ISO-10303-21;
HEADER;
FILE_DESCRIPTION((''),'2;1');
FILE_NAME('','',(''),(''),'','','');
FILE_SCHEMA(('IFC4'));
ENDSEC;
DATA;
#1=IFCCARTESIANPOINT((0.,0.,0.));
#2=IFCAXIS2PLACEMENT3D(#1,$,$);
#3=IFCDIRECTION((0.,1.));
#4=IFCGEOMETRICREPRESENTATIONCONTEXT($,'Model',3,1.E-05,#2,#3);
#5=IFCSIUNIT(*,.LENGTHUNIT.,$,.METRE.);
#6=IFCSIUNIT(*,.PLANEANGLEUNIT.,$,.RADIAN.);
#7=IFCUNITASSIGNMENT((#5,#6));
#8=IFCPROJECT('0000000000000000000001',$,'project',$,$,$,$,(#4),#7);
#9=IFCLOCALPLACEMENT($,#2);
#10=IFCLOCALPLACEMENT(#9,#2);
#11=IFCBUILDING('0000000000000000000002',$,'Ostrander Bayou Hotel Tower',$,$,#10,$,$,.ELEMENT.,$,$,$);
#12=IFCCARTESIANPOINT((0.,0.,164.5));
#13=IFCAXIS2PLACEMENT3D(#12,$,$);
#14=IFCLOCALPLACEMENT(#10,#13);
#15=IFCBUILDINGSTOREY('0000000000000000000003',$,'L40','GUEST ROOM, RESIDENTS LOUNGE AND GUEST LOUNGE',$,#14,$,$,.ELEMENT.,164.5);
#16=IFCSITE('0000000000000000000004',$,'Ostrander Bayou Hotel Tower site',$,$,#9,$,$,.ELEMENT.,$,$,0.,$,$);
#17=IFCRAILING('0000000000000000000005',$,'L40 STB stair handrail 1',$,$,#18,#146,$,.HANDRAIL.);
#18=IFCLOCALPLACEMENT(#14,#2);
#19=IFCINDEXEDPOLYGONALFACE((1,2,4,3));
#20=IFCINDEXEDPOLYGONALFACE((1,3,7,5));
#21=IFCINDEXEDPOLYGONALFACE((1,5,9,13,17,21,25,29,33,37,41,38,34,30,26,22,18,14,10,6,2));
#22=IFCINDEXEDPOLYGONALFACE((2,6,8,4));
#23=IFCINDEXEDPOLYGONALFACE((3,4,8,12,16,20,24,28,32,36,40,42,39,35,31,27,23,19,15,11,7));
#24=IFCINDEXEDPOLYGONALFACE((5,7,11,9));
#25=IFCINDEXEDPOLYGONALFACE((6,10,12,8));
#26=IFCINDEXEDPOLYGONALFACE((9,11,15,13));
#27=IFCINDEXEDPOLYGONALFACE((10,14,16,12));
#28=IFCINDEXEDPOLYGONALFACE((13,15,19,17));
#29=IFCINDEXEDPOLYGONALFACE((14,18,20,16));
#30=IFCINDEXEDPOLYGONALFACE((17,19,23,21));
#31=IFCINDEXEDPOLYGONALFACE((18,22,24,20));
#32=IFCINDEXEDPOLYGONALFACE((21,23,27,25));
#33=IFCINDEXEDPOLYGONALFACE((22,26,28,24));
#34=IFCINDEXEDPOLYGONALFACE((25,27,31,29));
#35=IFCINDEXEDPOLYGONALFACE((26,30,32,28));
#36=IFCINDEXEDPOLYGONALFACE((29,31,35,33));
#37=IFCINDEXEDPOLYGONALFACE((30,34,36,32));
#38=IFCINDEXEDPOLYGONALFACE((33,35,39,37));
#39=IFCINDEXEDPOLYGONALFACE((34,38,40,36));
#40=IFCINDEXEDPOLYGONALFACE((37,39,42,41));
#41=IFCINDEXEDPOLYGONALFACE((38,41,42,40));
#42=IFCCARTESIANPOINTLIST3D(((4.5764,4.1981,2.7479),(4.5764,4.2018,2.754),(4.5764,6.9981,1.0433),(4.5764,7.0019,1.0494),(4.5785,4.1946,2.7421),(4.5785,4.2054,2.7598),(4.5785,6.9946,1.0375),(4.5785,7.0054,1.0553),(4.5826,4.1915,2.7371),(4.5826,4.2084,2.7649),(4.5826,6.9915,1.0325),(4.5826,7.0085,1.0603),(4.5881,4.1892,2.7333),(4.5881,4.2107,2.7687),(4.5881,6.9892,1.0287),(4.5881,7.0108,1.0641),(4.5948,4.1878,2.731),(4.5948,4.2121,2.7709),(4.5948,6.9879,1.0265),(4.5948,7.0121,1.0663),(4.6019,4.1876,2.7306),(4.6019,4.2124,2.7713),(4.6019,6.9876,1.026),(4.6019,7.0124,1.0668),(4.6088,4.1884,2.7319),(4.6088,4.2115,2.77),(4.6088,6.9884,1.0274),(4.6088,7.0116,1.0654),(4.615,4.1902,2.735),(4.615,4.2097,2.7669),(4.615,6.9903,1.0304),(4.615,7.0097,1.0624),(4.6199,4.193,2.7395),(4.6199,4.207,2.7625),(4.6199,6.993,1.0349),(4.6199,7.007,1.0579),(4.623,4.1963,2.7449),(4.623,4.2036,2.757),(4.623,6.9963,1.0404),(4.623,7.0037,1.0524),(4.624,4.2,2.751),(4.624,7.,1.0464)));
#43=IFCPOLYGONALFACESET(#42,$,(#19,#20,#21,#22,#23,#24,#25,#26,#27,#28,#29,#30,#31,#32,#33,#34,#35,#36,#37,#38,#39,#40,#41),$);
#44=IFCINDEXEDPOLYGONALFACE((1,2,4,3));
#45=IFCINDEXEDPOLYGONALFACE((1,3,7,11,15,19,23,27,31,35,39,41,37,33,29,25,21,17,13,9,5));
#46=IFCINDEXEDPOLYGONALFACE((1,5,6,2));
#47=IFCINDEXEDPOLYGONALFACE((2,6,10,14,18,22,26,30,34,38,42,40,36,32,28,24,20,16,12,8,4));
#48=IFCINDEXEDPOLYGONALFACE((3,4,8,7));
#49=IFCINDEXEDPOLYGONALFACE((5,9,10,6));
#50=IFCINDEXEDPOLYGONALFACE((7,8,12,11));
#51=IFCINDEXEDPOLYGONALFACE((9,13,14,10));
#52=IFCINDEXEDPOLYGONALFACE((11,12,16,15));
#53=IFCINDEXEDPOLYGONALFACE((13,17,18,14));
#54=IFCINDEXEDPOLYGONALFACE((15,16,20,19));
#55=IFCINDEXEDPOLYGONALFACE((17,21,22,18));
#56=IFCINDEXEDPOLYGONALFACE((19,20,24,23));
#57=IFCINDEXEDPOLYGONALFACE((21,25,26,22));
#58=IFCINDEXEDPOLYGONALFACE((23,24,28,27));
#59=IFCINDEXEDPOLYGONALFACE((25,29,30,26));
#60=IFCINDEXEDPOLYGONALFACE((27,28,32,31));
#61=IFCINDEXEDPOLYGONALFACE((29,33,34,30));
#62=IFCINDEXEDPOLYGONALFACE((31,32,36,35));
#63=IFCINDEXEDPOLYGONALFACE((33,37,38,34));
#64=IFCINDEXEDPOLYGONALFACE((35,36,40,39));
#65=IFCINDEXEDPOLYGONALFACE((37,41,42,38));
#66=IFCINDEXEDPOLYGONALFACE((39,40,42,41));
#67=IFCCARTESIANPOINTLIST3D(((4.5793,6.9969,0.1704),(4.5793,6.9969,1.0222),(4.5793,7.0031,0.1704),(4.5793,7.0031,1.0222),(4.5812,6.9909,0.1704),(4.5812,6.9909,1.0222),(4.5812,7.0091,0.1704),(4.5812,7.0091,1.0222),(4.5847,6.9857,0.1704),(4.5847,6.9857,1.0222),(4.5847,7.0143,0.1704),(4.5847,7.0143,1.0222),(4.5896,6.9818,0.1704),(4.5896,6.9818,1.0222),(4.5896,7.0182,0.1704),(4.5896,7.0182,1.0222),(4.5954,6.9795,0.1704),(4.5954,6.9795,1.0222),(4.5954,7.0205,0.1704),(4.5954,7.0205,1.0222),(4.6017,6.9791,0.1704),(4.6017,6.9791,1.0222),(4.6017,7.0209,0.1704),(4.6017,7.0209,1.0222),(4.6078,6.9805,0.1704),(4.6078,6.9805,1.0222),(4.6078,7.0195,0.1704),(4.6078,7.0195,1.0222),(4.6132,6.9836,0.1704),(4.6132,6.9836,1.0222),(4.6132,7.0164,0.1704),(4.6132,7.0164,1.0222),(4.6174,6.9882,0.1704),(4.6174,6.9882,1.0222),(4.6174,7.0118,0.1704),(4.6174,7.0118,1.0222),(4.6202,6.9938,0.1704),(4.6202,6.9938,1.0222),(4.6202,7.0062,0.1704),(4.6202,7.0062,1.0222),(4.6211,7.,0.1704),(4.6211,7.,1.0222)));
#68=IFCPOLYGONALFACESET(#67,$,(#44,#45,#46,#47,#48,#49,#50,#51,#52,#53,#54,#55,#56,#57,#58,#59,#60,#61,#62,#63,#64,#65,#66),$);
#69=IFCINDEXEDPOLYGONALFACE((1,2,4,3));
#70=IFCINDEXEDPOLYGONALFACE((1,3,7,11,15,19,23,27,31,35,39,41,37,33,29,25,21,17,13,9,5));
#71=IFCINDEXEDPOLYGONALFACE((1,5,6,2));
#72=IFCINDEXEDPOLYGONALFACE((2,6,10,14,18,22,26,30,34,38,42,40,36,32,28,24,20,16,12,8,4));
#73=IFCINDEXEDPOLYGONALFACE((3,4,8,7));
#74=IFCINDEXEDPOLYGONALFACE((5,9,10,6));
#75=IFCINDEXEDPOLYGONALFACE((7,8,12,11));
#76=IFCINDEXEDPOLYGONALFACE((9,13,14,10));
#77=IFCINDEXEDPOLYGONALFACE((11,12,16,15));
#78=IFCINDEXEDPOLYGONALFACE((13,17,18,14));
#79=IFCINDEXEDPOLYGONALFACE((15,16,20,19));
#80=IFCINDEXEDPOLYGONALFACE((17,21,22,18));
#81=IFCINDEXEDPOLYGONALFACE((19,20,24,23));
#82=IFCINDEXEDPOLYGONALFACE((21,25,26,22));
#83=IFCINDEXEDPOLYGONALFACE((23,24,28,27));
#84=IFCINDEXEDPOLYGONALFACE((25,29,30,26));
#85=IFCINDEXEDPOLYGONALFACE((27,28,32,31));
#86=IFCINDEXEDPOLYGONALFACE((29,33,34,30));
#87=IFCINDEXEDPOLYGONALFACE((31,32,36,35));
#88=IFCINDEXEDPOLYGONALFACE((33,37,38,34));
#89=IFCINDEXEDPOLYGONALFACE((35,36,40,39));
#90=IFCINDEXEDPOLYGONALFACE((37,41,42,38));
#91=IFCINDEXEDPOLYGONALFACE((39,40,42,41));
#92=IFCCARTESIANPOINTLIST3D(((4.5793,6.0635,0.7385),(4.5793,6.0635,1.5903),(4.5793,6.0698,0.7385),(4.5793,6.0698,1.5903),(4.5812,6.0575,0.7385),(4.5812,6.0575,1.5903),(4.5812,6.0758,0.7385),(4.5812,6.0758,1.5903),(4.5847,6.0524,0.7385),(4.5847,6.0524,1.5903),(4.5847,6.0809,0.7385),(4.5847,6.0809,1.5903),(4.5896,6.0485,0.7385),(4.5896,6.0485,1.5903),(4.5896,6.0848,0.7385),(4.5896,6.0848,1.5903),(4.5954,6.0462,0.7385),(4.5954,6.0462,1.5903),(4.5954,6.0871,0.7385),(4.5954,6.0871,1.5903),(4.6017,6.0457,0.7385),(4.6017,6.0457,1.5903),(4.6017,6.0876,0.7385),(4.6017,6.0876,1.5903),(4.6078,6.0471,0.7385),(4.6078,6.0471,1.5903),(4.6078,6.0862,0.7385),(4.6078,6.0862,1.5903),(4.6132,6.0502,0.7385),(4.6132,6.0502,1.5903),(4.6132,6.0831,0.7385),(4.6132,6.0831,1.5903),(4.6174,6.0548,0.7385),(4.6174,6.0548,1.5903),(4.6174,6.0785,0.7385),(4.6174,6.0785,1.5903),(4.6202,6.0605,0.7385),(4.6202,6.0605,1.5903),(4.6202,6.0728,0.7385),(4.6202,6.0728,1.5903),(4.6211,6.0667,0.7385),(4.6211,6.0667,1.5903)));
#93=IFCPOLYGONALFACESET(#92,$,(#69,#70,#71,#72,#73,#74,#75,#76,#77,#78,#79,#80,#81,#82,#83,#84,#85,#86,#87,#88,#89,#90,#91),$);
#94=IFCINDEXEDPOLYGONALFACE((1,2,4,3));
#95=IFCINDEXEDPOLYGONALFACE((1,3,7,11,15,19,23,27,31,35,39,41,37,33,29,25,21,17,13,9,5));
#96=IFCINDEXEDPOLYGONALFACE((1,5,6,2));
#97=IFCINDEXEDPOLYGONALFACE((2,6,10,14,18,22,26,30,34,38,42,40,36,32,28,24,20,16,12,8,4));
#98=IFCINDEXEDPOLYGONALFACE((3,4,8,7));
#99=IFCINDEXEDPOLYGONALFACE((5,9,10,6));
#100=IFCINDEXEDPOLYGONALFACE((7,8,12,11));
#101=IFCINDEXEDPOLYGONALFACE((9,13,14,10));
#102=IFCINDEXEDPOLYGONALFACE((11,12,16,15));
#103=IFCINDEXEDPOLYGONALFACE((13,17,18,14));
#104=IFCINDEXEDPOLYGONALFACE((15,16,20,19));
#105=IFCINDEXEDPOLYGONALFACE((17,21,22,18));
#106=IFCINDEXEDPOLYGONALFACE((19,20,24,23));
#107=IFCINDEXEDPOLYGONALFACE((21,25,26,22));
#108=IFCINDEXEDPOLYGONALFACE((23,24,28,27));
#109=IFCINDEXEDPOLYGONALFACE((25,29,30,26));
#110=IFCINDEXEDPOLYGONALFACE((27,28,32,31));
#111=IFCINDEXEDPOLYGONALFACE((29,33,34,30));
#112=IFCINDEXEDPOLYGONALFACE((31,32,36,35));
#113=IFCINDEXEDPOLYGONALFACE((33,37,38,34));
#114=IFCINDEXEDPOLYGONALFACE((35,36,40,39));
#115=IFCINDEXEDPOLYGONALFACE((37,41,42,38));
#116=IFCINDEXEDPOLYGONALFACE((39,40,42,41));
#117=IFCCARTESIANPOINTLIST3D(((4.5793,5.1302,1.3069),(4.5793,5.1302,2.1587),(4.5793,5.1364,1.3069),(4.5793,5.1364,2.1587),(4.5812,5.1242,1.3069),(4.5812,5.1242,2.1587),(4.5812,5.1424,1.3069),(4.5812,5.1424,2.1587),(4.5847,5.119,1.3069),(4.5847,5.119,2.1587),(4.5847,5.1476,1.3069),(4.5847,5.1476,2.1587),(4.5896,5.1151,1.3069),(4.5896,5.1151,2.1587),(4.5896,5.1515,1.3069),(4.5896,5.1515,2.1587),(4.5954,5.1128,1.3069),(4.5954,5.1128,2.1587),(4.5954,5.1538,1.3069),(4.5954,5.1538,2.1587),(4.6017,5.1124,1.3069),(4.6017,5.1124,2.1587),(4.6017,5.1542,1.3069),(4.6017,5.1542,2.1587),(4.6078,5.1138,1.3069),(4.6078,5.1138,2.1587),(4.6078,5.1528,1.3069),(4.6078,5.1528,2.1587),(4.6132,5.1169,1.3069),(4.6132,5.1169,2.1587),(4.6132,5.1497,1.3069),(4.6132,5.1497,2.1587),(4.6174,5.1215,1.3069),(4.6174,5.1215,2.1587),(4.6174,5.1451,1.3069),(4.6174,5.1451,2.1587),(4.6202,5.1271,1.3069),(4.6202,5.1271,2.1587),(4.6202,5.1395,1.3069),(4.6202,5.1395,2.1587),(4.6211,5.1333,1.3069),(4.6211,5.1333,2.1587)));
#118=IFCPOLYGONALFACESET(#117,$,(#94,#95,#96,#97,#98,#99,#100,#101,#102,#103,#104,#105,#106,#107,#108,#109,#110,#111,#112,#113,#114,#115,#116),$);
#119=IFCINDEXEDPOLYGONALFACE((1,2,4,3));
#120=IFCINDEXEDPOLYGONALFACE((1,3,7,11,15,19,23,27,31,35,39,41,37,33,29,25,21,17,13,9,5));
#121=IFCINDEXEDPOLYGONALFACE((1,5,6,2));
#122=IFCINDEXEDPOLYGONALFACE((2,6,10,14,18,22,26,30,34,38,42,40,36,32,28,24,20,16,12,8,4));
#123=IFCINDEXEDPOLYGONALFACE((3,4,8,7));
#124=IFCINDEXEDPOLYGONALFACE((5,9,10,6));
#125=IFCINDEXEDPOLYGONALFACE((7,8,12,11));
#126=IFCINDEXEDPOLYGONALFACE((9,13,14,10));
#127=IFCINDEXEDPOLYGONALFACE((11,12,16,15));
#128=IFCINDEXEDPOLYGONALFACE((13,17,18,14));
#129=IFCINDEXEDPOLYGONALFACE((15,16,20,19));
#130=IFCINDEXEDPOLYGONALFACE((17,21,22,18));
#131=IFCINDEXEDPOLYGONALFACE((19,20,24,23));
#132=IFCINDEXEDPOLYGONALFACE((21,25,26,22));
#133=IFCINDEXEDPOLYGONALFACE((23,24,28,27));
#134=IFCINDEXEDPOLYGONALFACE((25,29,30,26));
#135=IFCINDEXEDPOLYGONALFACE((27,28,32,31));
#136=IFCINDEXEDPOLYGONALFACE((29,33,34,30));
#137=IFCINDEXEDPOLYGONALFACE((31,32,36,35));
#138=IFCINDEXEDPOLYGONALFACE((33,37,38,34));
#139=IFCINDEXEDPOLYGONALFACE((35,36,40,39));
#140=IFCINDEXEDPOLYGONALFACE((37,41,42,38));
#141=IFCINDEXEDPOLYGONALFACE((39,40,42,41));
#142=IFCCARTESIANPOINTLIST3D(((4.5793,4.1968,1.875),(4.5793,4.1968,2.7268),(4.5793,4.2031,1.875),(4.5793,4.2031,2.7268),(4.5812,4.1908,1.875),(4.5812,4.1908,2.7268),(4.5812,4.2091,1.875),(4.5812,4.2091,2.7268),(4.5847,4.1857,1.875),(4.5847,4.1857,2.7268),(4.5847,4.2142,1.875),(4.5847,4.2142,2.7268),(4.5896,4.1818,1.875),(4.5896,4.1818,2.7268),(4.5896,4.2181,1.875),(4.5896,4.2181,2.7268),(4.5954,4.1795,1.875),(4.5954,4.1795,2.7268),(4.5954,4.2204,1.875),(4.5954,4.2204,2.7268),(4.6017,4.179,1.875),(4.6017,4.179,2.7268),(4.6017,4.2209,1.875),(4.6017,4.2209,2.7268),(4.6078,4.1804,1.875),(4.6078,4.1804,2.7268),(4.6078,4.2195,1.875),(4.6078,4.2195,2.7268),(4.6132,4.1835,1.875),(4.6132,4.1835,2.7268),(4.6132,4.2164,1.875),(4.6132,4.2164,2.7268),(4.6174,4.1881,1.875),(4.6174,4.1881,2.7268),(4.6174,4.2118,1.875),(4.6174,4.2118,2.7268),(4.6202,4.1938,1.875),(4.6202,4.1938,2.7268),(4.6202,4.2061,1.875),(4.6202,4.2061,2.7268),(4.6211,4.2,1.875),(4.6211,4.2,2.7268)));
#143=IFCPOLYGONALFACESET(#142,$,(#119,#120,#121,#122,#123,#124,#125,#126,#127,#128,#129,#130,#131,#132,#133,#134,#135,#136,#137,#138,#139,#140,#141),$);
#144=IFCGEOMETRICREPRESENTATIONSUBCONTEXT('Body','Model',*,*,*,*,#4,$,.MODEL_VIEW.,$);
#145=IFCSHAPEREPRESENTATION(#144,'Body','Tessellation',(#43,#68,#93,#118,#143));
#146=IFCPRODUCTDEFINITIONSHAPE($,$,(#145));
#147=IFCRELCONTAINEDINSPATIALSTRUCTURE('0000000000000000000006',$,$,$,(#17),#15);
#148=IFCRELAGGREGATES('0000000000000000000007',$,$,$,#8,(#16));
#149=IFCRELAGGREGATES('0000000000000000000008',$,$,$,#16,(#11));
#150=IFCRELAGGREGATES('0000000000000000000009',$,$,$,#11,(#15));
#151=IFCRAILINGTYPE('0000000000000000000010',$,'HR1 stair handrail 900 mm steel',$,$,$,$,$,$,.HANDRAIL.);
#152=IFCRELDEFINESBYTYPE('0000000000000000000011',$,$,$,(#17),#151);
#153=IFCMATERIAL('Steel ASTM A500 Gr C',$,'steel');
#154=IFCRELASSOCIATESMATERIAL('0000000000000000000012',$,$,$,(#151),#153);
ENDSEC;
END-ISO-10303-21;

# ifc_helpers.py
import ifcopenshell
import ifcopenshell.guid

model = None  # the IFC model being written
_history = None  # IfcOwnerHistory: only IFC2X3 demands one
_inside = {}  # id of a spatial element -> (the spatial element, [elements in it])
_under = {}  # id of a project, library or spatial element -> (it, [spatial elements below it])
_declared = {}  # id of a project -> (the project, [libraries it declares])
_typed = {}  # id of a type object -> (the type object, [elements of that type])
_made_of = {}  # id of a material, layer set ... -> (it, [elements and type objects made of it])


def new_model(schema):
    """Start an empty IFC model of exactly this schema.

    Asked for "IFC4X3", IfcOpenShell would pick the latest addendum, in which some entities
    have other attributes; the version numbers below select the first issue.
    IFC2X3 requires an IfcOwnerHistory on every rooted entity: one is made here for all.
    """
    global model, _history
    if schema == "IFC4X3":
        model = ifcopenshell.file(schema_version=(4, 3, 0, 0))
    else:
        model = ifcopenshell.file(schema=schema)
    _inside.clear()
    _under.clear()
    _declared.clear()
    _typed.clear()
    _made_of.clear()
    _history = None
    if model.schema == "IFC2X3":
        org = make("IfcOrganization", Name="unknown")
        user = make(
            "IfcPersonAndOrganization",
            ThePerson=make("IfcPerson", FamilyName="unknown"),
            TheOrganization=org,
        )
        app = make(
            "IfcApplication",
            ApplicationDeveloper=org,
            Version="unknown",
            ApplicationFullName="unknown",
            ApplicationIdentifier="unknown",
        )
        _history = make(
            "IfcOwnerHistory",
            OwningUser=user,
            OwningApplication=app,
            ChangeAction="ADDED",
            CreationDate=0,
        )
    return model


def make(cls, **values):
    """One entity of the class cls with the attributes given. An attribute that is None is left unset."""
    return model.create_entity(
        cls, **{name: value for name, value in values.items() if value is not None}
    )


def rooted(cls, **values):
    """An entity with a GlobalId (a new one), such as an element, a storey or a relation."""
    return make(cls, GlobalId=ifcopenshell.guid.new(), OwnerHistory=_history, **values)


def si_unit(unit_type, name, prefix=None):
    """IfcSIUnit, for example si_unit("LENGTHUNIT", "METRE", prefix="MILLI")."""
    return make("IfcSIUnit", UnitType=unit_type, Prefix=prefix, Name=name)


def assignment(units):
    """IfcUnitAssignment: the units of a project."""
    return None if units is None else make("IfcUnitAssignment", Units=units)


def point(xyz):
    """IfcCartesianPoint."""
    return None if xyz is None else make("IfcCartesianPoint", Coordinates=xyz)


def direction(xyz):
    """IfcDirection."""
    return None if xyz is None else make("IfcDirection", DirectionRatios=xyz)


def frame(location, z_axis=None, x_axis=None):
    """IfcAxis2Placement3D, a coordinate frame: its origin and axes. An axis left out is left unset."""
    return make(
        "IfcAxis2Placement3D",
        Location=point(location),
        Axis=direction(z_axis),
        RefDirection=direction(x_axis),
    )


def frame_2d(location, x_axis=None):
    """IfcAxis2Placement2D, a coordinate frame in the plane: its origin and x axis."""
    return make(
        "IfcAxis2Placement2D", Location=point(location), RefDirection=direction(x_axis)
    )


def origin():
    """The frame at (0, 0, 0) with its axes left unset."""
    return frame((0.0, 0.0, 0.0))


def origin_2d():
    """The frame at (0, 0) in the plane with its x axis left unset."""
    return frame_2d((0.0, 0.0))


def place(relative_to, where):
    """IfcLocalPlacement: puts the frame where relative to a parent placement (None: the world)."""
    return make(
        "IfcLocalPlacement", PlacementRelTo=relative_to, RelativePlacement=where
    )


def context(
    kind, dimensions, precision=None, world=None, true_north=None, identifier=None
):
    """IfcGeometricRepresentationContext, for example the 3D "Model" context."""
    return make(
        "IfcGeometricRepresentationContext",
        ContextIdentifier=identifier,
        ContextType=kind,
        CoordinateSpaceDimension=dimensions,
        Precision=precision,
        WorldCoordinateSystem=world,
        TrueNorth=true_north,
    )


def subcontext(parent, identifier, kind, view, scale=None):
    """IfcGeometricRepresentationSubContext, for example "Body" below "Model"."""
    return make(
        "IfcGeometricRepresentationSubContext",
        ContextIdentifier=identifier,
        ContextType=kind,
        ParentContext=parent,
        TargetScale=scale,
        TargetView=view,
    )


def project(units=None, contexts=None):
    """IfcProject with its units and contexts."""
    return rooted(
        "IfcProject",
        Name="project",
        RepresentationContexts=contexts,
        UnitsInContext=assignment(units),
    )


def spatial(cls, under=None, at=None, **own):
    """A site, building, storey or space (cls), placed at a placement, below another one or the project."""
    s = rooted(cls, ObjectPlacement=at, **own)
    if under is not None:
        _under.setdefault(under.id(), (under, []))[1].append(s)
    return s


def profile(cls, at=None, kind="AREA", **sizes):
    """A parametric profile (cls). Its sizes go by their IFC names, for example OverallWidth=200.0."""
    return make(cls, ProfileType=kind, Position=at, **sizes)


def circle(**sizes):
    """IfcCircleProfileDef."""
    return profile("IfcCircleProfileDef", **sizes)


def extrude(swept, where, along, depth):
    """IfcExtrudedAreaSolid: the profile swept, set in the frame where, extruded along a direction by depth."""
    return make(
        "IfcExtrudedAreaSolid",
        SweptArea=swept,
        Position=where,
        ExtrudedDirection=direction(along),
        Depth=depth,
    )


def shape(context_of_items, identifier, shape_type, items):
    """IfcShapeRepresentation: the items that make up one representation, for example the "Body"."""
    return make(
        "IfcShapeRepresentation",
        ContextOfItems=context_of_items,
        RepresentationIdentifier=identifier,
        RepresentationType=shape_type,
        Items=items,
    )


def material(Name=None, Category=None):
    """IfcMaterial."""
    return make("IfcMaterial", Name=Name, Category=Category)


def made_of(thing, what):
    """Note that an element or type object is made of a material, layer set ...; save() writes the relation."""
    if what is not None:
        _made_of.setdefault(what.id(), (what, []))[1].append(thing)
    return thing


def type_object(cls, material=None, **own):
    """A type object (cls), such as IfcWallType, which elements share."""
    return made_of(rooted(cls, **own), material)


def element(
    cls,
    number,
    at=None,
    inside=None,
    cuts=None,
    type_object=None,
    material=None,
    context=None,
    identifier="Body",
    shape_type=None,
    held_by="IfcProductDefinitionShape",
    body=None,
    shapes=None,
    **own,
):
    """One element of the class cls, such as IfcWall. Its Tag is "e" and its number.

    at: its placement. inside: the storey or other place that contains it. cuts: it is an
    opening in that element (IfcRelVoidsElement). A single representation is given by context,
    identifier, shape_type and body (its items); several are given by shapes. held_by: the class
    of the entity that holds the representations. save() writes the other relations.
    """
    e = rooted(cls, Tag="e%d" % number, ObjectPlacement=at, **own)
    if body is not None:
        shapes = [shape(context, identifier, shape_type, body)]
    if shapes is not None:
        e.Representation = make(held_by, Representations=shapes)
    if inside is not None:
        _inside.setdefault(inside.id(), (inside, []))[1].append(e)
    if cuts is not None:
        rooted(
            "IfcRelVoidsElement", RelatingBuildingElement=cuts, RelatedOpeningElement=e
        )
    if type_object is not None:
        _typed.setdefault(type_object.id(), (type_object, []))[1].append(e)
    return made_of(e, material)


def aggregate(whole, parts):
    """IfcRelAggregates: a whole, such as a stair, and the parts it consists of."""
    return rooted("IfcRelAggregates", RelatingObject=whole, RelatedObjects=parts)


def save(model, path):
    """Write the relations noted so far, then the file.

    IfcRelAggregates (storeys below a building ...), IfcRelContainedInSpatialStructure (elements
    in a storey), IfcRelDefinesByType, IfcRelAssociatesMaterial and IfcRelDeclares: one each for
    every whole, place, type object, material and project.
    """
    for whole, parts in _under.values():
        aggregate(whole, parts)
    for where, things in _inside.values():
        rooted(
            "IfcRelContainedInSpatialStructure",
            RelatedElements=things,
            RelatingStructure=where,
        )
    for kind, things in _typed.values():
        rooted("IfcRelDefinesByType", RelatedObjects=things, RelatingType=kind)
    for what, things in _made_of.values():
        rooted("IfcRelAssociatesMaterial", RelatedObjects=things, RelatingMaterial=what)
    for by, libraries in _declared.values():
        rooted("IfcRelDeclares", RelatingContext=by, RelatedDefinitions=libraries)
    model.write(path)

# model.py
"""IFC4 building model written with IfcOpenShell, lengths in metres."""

from ifc_helpers import new_model, si_unit, direction, frame, origin, origin_2d, place, context, subcontext, project, spatial, circle, extrude, material, type_object, element, save


model = new_model("IFC4")

# Units and contexts
model_context = context("Model", 3, precision=1e-05, world=origin(), true_north=direction((0.0, 1.0)))
body_context = subcontext(model_context, "Body", "Model", "MODEL_VIEW")
ifc_project = project(units=[si_unit("LENGTHUNIT", "METRE"), si_unit("PLANEANGLEUNIT", "RADIAN")], contexts=[model_context])

# Site, building, storey
site_placement = place(None, origin())
site = spatial("IfcSite", under=ifc_project, at=site_placement, Name="Ostrander Bayou Hotel Tower site", CompositionType="ELEMENT", RefElevation=0.0)
building_placement = place(site_placement, origin())
building = spatial("IfcBuilding", under=site, at=building_placement, Name="Ostrander Bayou Hotel Tower", CompositionType="ELEMENT")
storey_placement = place(building_placement, frame((0.0, 0.0, 164.5)))
storey = spatial("IfcBuildingStorey", under=building, at=storey_placement, Name="L40", Description="GUEST ROOM, RESIDENTS LOUNGE AND GUEST LOUNGE", CompositionType="ELEMENT", Elevation=164.5)

# Railing
ifc_material_1 = material(Name="Steel ASTM A500 Gr C", Category="steel")
railing_type_1 = type_object("IfcRailingType", Name="HR1 stair handrail 900 mm steel", PredefinedType="HANDRAIL", material=ifc_material_1)
railing_1_placement = place(storey_placement, frame((4.6001, 7.0, 0.1704)))
element("IfcRailing", 1, at=railing_1_placement, inside=storey, type_object=railing_type_1, Name="L40 STB stair handrail 1", PredefinedType="HANDRAIL", context=body_context, shape_type="SweptSolid", body=[
    extrude(circle(Radius=0.0239, at=origin_2d()), frame((0.0, 0.0, 0.876), z_axis=(0.0, -0.85417, 0.519994), x_axis=(1.0, 0.0, 0.0)), (0.0, 0.0, 1.0), 3.2781),
    extrude(circle(Radius=0.021, at=origin_2d()), origin(), (0.0, 0.0, 1.0), 0.8518),
    extrude(circle(Radius=0.021, at=origin_2d()), frame((0.0, -0.9333, 0.5681)), (0.0, 0.0, 1.0), 0.8518),
    extrude(circle(Radius=0.021, at=origin_2d()), frame((0.0, -1.8667, 1.1365)), (0.0, 0.0, 1.0), 0.8518),
    extrude(circle(Radius=0.021, at=origin_2d()), frame((0.0, -2.8, 1.7046)), (0.0, 0.0, 1.0), 0.8518),
])

save(model, "model.ifc")
